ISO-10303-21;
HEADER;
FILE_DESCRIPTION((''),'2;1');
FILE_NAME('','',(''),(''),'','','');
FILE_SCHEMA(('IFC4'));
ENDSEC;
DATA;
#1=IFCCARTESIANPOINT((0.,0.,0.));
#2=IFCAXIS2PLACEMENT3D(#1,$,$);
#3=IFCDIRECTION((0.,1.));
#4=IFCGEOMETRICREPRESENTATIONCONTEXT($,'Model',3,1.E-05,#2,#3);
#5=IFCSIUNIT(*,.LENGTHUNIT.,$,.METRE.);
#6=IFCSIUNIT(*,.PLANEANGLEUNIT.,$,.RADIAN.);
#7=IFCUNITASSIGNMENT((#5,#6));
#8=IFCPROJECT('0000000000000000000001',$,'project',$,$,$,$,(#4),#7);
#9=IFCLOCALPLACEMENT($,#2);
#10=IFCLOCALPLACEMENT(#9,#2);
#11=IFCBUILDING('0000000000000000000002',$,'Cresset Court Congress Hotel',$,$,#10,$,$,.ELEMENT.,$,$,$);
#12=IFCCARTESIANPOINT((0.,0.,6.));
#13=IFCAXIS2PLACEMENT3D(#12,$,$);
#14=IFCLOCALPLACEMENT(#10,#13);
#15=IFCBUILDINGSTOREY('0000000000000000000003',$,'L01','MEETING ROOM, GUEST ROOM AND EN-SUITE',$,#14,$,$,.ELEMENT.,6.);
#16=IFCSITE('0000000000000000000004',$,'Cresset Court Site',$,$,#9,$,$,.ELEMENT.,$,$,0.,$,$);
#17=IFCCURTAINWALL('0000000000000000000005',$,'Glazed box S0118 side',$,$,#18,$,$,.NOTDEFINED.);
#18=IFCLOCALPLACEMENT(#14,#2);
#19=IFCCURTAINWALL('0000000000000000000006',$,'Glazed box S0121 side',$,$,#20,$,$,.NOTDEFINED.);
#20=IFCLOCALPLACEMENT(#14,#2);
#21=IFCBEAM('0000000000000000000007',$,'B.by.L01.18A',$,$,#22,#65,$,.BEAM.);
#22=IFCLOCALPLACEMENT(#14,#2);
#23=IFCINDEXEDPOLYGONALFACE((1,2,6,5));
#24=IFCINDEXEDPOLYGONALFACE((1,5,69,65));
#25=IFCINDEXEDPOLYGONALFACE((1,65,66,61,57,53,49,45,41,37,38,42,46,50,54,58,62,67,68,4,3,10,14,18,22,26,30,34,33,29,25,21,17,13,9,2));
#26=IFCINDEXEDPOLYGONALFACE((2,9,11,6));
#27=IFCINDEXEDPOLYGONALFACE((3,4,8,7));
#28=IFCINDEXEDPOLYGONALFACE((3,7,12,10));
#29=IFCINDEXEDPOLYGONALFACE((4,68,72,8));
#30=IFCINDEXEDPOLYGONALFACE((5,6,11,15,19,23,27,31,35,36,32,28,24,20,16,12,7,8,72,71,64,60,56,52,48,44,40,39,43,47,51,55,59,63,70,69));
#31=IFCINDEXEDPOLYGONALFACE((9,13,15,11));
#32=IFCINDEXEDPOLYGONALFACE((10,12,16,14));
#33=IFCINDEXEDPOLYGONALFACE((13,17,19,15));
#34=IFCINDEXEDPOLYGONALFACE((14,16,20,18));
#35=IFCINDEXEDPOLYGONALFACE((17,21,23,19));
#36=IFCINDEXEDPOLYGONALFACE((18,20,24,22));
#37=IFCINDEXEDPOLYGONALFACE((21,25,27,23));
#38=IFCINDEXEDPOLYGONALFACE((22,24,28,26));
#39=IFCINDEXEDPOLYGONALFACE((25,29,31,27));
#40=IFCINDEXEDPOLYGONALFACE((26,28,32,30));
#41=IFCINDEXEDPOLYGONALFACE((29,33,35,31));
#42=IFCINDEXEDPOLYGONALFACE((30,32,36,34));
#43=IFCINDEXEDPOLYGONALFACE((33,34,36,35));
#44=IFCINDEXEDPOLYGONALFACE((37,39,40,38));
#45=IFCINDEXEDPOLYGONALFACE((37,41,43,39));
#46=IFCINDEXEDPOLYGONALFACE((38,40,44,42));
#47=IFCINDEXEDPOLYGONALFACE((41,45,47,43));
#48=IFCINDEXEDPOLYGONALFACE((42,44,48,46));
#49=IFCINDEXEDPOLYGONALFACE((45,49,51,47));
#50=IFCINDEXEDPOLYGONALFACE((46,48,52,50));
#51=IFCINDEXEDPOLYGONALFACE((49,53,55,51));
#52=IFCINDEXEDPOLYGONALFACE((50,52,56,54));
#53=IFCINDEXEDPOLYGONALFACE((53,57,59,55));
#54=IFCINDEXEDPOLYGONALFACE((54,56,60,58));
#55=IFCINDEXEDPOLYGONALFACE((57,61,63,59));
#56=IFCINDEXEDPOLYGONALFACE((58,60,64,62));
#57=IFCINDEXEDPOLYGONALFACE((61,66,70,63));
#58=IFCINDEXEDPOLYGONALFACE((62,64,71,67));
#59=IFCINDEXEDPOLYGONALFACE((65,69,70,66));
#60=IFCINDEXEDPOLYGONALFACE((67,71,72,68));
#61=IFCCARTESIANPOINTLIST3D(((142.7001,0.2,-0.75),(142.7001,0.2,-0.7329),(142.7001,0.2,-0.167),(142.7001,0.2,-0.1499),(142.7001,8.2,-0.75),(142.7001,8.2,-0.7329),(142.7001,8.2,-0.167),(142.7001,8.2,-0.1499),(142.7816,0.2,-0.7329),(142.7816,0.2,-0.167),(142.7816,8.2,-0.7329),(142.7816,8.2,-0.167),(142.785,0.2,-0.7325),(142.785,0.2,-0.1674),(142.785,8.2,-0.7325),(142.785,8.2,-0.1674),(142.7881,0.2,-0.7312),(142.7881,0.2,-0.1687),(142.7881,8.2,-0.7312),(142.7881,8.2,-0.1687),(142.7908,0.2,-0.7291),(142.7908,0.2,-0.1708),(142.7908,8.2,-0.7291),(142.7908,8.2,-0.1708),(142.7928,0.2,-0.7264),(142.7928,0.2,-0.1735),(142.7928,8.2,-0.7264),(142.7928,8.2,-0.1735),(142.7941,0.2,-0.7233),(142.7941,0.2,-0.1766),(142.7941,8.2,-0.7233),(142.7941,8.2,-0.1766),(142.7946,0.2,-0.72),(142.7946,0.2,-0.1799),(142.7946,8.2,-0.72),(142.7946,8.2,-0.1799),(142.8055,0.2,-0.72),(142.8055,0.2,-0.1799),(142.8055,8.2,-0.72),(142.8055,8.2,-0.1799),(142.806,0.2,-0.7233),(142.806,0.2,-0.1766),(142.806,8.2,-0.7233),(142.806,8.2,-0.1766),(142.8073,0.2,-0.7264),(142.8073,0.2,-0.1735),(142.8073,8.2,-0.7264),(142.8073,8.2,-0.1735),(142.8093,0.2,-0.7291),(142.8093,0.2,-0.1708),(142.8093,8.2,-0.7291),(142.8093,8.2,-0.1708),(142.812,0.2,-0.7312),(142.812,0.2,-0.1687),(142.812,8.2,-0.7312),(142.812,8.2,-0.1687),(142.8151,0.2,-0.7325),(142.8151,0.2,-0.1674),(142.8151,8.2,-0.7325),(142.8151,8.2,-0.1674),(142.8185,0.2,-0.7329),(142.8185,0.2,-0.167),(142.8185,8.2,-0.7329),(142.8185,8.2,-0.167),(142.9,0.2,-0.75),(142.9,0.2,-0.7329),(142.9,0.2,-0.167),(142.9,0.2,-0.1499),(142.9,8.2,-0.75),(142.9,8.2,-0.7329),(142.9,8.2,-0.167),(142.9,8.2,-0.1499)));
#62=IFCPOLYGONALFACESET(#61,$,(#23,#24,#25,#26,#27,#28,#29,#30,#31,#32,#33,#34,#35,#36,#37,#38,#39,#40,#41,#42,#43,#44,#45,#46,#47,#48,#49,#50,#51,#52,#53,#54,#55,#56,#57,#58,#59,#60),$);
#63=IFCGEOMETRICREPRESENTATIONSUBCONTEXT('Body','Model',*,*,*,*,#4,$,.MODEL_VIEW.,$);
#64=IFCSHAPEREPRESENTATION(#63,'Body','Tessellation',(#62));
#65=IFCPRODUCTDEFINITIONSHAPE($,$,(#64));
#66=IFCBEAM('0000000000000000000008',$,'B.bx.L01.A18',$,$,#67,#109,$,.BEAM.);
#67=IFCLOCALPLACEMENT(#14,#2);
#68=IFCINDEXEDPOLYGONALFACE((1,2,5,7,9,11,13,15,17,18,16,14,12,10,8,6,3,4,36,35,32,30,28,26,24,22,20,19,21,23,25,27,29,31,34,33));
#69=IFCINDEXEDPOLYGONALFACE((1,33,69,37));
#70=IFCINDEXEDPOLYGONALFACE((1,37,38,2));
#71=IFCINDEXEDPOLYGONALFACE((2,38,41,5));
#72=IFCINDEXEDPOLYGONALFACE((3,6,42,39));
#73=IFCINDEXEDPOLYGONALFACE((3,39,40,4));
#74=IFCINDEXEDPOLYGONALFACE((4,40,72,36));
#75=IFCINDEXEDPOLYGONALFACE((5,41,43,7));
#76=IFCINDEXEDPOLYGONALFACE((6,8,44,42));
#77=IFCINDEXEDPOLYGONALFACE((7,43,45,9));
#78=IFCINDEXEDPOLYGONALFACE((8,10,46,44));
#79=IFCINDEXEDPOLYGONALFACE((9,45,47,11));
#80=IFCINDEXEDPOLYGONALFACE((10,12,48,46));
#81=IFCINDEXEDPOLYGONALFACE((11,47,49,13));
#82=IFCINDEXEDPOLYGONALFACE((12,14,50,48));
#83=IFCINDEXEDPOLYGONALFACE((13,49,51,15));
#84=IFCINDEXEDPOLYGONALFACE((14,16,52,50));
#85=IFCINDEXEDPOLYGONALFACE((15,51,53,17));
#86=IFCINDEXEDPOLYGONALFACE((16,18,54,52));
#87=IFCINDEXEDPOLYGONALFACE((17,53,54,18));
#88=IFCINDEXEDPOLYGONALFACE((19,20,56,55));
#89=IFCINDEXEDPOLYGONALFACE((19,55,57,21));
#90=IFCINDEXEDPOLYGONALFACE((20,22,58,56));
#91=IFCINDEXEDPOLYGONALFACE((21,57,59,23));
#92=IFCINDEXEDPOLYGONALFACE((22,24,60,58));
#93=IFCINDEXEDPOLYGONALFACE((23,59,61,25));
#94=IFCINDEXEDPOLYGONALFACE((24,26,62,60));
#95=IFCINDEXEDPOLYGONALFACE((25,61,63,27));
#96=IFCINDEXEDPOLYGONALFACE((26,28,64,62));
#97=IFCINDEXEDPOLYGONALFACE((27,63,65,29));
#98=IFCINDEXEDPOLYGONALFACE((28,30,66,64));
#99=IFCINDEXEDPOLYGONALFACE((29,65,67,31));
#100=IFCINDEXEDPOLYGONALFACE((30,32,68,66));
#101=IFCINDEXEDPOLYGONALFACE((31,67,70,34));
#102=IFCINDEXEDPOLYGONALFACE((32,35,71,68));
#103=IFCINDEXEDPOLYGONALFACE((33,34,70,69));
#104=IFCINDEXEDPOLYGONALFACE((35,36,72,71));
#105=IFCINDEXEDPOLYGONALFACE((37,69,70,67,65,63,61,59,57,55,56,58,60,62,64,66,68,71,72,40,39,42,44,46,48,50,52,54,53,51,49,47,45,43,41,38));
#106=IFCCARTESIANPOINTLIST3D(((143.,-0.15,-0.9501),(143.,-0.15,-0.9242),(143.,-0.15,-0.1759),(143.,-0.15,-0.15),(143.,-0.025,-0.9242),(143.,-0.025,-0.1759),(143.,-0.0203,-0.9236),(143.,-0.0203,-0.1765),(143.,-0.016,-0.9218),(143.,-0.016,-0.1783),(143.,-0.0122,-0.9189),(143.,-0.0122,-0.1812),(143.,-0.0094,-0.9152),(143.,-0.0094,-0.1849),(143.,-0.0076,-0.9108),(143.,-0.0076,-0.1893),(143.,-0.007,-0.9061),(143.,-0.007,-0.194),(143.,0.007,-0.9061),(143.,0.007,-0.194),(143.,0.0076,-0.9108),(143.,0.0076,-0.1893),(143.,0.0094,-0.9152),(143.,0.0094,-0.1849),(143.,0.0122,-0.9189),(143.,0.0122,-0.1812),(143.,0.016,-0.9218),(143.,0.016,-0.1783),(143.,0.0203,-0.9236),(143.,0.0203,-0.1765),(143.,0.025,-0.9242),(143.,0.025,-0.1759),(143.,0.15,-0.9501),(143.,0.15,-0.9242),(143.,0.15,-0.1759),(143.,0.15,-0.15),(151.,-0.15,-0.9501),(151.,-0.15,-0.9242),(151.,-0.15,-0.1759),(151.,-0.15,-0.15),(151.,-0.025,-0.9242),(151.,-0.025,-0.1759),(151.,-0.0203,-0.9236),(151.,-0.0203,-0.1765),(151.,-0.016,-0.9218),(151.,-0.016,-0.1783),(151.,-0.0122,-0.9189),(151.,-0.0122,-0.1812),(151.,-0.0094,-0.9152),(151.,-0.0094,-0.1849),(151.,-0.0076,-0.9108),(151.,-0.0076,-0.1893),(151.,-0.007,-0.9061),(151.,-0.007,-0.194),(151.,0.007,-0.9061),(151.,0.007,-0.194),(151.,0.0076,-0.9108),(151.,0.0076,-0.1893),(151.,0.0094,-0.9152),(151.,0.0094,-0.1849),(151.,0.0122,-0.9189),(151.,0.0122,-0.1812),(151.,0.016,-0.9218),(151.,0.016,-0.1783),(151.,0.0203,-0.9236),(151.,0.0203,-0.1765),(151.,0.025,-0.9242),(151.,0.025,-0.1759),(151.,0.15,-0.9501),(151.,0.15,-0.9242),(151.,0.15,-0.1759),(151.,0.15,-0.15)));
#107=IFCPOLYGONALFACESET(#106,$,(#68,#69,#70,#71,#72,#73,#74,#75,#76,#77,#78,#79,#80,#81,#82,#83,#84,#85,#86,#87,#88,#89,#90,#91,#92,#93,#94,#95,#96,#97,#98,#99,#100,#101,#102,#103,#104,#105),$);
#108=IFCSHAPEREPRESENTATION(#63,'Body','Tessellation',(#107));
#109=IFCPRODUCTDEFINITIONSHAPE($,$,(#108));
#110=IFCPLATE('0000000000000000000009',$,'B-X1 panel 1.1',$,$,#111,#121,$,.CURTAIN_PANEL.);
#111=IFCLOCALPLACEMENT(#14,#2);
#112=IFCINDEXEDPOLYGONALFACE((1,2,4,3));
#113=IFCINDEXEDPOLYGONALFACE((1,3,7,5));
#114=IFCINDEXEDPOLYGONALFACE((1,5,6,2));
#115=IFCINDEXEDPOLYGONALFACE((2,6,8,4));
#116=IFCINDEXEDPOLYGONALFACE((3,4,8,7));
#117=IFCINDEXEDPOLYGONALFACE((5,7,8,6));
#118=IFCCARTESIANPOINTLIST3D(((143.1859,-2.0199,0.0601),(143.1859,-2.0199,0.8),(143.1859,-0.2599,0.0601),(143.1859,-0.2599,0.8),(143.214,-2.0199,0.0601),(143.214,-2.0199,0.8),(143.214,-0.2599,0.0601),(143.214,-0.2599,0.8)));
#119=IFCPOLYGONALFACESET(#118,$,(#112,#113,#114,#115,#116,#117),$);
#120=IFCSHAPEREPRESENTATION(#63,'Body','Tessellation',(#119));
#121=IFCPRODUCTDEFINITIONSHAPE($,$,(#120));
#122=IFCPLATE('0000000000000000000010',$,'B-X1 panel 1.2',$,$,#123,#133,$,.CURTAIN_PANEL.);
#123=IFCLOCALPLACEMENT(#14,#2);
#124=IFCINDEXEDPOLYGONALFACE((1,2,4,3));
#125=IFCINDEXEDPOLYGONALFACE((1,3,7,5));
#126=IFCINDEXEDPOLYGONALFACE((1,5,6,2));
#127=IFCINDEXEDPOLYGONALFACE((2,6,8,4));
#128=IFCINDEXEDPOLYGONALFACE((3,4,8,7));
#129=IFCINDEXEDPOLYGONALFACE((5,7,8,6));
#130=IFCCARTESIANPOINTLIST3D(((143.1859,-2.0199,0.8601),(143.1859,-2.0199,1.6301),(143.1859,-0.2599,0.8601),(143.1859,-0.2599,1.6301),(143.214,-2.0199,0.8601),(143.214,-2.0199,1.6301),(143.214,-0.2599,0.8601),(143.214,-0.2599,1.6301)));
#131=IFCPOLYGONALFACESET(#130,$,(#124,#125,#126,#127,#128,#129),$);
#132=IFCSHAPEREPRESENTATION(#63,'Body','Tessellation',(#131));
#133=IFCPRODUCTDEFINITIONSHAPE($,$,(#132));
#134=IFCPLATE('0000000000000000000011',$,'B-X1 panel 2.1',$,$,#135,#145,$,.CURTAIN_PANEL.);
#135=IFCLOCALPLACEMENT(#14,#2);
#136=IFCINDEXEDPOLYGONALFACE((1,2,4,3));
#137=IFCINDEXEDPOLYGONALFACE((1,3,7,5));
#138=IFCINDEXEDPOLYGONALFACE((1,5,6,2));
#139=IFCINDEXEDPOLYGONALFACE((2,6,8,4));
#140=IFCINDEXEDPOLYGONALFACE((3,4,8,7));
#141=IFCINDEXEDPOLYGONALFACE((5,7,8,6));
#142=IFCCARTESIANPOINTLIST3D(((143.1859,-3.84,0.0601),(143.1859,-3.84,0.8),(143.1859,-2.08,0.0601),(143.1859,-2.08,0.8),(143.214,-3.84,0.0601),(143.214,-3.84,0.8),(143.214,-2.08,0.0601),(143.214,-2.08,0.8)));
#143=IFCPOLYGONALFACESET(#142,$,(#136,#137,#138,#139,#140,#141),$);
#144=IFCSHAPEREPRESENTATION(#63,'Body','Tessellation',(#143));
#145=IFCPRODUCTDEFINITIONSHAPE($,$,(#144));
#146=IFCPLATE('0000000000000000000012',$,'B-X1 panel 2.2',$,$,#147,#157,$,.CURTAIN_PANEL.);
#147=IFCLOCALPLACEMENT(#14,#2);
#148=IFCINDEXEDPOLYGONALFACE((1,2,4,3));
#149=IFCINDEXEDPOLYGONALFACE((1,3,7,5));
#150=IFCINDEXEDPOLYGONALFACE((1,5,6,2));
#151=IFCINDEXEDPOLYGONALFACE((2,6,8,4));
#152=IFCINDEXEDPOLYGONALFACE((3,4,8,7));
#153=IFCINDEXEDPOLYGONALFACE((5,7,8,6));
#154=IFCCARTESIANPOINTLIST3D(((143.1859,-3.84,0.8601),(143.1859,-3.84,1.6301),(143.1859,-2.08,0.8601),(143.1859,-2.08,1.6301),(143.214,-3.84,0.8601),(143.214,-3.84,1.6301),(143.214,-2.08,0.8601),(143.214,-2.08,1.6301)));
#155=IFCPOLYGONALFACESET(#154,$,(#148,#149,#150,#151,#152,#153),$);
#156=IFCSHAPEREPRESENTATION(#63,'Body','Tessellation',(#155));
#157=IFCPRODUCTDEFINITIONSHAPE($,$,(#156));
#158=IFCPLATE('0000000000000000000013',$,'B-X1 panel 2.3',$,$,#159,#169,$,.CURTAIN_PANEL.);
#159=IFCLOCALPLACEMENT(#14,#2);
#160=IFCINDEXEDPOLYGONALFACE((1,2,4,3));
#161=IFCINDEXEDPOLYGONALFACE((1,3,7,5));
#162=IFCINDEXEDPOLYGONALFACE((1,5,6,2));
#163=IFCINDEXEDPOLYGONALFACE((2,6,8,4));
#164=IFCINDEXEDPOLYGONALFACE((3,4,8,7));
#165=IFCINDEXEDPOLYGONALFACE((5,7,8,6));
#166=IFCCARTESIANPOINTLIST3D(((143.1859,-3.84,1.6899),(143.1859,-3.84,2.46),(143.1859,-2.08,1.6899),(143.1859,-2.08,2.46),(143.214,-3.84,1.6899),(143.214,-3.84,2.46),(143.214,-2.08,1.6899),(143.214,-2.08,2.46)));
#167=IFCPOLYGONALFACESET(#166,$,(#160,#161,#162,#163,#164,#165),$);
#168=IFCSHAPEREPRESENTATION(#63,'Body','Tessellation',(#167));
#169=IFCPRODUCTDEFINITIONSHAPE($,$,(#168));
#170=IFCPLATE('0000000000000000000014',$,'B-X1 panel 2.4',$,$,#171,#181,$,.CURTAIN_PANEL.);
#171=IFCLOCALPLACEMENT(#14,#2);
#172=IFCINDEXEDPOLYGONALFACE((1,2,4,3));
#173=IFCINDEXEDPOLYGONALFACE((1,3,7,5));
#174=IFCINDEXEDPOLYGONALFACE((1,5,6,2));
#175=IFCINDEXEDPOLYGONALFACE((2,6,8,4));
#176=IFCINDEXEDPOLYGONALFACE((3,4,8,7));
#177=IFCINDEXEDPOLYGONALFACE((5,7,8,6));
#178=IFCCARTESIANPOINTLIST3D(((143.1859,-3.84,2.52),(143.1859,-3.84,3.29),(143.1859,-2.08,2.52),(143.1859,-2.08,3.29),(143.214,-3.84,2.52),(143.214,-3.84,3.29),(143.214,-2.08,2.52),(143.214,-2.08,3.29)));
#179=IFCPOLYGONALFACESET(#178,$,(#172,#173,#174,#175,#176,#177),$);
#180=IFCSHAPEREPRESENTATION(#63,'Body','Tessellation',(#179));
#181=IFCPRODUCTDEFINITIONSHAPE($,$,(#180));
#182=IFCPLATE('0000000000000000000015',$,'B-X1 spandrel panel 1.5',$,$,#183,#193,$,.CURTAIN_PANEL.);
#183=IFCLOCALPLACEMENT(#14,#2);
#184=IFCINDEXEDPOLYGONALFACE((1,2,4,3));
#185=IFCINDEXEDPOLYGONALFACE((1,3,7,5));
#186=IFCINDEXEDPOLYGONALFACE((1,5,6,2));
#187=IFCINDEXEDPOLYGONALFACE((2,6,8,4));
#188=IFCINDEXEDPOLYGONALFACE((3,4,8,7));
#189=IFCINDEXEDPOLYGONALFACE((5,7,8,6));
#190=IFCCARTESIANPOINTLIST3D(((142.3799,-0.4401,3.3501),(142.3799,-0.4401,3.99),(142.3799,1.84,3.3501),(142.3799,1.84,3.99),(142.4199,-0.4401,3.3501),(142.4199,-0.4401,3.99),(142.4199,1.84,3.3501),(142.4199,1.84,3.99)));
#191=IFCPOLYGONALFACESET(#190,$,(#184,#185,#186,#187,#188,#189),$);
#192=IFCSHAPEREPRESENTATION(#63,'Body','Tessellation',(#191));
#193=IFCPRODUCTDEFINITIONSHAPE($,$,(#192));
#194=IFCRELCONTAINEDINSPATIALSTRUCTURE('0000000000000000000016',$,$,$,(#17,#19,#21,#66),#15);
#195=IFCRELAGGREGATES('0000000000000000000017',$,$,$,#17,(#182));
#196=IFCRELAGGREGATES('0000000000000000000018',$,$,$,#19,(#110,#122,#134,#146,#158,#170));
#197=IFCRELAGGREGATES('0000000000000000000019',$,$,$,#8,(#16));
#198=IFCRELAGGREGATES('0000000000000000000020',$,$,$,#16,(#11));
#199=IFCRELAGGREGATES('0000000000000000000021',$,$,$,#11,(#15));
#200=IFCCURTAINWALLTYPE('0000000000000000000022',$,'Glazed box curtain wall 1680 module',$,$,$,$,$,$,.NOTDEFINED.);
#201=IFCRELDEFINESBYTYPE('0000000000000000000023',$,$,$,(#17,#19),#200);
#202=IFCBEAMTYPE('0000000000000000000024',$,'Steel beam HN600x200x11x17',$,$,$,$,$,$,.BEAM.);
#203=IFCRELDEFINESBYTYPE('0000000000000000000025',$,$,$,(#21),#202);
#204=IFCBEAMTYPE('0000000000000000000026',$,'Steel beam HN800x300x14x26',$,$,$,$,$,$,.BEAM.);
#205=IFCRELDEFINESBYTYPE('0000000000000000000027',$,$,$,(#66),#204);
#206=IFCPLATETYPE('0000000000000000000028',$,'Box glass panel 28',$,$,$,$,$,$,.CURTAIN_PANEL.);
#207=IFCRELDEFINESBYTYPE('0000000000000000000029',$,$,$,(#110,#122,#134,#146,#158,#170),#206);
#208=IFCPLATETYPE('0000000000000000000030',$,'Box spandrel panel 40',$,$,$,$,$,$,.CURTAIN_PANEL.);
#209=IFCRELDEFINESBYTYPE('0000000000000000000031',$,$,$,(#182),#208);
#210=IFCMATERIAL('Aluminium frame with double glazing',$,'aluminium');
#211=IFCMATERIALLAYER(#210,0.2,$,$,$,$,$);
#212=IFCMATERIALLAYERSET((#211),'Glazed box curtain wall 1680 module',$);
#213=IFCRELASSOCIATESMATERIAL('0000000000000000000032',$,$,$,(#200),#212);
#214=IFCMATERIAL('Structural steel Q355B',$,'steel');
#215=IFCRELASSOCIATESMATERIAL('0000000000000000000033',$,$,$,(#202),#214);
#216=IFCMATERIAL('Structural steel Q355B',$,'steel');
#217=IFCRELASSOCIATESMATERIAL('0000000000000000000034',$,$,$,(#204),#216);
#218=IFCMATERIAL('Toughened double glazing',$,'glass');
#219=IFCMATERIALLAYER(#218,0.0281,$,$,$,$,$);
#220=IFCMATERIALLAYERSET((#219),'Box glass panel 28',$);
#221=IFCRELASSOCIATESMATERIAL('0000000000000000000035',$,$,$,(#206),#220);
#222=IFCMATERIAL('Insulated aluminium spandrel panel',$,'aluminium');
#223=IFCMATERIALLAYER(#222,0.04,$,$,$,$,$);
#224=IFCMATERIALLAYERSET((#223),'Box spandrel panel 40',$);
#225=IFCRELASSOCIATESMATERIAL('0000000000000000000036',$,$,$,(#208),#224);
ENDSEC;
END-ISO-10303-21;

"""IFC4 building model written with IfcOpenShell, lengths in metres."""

from ifc_helpers import new_model, si_unit, direction, frame, origin, origin_2d, place, context, subcontext, project, spatial, rectangle, i_section, extrude, material, layer, layer_set, material_profile, profile_set, type_object, element, aggregate, save


model = new_model("IFC4")

# Units and contexts
model_context = context("Model", 3, precision=1e-05, world=origin(), true_north=direction((0.0, 1.0)))
body_context = subcontext(model_context, "Body", "Model", "MODEL_VIEW")
ifc_project = project(units=[si_unit("LENGTHUNIT", "METRE"), si_unit("PLANEANGLEUNIT", "RADIAN")], contexts=[model_context])

# Site, building, storey
site_placement = place(None, origin())
site = spatial("IfcSite", under=ifc_project, at=site_placement, Name="Cresset Court Site", CompositionType="ELEMENT", RefElevation=0.0)
building_placement = place(site_placement, origin())
building = spatial("IfcBuilding", under=site, at=building_placement, Name="Cresset Court Congress Hotel", CompositionType="ELEMENT")
storey_placement = place(building_placement, frame((0.0, 0.0, 6.0)))
storey = spatial("IfcBuildingStorey", under=building, at=storey_placement, Name="L01", Description="MEETING ROOM, GUEST ROOM AND EN-SUITE", CompositionType="ELEMENT", Elevation=6.0)

# Curtain wall
ifc_material_1 = material(Name="Aluminium frame with double glazing", Category="aluminium")
ifc_layer_1 = layer(ifc_material_1, 0.2)
ifc_layer_set_1 = layer_set([ifc_layer_1], Name="Glazed box curtain wall 1680 module")
curtain_wall_type = type_object("IfcCurtainWallType", Name="Glazed box curtain wall 1680 module", PredefinedType="NOTDEFINED", material=ifc_layer_set_1)
curtain_wall_1_placement = place(storey_placement, origin())
curtain_wall_1 = element("IfcCurtainWall", 1, at=curtain_wall_1_placement, inside=storey, type_object=curtain_wall_type, Name="Glazed box S0118 side", PredefinedType="NOTDEFINED")

# Curtain wall
curtain_wall_2_placement = place(storey_placement, origin())
curtain_wall_2 = element("IfcCurtainWall", 2, at=curtain_wall_2_placement, inside=storey, type_object=curtain_wall_type, Name="Glazed box S0121 side", PredefinedType="NOTDEFINED")

# Beams
ifc_material_2 = material(Name="Structural steel Q355B", Category="steel")
ifc_material_profile_1 = material_profile(ifc_material_2, i_section(OverallWidth=0.2, OverallDepth=0.6001, WebThickness=0.011, FlangeThickness=0.0171, FilletRadius=0.0129, at=origin_2d()), Name="HN600x200x11x17")
ifc_profile_set_1 = profile_set([ifc_material_profile_1], Name="Structural steel Q355B")
beam_type_1 = type_object("IfcBeamType", Name="Steel beam HN600x200x11x17", PredefinedType="BEAM", material=ifc_profile_set_1)
beam_1_placement = place(storey_placement, frame((142.8, 0.2, -0.45), z_axis=(0.0, 1.0, 0.0), x_axis=(-1.0, 0.0, 0.0)))
element("IfcBeam", 3, at=beam_1_placement, inside=storey, type_object=beam_type_1, Name="B.by.L01.18A", PredefinedType="BEAM", context=body_context, shape_type="SweptSolid", body=[
    extrude(i_section(OverallWidth=0.2, OverallDepth=0.6001, WebThickness=0.011, FlangeThickness=0.0171, FilletRadius=0.0129, at=origin_2d()), origin(), (0.0, 0.0, 1.0), 8.0),
])
ifc_material_3 = material(Name="Structural steel Q355B", Category="steel")
ifc_material_profile_2 = material_profile(ifc_material_3, i_section(OverallWidth=0.3, OverallDepth=0.8, WebThickness=0.0139, FlangeThickness=0.0259, FilletRadius=0.0181, at=origin_2d()), Name="HN800x300x14x26")
ifc_profile_set_2 = profile_set([ifc_material_profile_2], Name="Structural steel Q355B")
beam_type_2 = type_object("IfcBeamType", Name="Steel beam HN800x300x14x26", PredefinedType="BEAM", material=ifc_profile_set_2)
beam_2_placement = place(storey_placement, frame((143.0, 0.0, -0.55), z_axis=(1.0, 0.0, 0.0), x_axis=(0.0, 1.0, 0.0)))
element("IfcBeam", 4, at=beam_2_placement, inside=storey, type_object=beam_type_2, Name="B.bx.L01.A18", PredefinedType="BEAM", context=body_context, shape_type="SweptSolid", body=[
    extrude(i_section(OverallWidth=0.3, OverallDepth=0.8, WebThickness=0.0139, FlangeThickness=0.0259, FilletRadius=0.0181, at=origin_2d()), origin(), (0.0, 0.0, 1.0), 8.0),
])

# Plates
ifc_material_4 = material(Name="Toughened double glazing", Category="glass")
ifc_layer_2 = layer(ifc_material_4, 0.0281)
ifc_layer_set_2 = layer_set([ifc_layer_2], Name="Box glass panel 28")
plate_type_1 = type_object("IfcPlateType", Name="Box glass panel 28", PredefinedType="CURTAIN_PANEL", material=ifc_layer_set_2)
plate_1_placement = place(storey_placement, frame((143.2, -1.1399, 0.0601), z_axis=(0.0, 0.0, 1.0), x_axis=(0.0, -1.0, 0.0)))
plate_1 = element("IfcPlate", 5, at=plate_1_placement, type_object=plate_type_1, Name="B-X1 panel 1.1", PredefinedType="CURTAIN_PANEL", context=body_context, shape_type="SweptSolid", body=[
    extrude(rectangle(XDim=1.76, YDim=0.0281, at=origin_2d()), origin(), (0.0, 0.0, 1.0), 0.74),
])
plate_2_placement = place(storey_placement, frame((143.2, -1.1399, 0.8601), z_axis=(0.0, 0.0, 1.0), x_axis=(0.0, -1.0, 0.0)))
plate_2 = element("IfcPlate", 6, at=plate_2_placement, type_object=plate_type_1, Name="B-X1 panel 1.2", PredefinedType="CURTAIN_PANEL", context=body_context, shape_type="SweptSolid", body=[
    extrude(rectangle(XDim=1.76, YDim=0.0281, at=origin_2d()), origin(), (0.0, 0.0, 1.0), 0.77),
])
plate_3_placement = place(storey_placement, frame((143.2, -2.96, 0.0601), z_axis=(0.0, 0.0, 1.0), x_axis=(0.0, -1.0, 0.0)))
plate_3 = element("IfcPlate", 7, at=plate_3_placement, type_object=plate_type_1, Name="B-X1 panel 2.1", PredefinedType="CURTAIN_PANEL", context=body_context, shape_type="SweptSolid", body=[
    extrude(rectangle(XDim=1.76, YDim=0.0281, at=origin_2d()), origin(), (0.0, 0.0, 1.0), 0.74),
])
plate_4_placement = place(storey_placement, frame((143.2, -2.96, 0.8601), z_axis=(0.0, 0.0, 1.0), x_axis=(0.0, -1.0, 0.0)))
plate_4 = element("IfcPlate", 8, at=plate_4_placement, type_object=plate_type_1, Name="B-X1 panel 2.2", PredefinedType="CURTAIN_PANEL", context=body_context, shape_type="SweptSolid", body=[
    extrude(rectangle(XDim=1.76, YDim=0.0281, at=origin_2d()), origin(), (0.0, 0.0, 1.0), 0.77),
])
plate_5_placement = place(storey_placement, frame((143.2, -2.96, 1.6899), z_axis=(0.0, 0.0, 1.0), x_axis=(0.0, -1.0, 0.0)))
plate_5 = element("IfcPlate", 9, at=plate_5_placement, type_object=plate_type_1, Name="B-X1 panel 2.3", PredefinedType="CURTAIN_PANEL", context=body_context, shape_type="SweptSolid", body=[
    extrude(rectangle(XDim=1.76, YDim=0.0281, at=origin_2d()), origin(), (0.0, 0.0, 1.0), 0.77),
])
plate_6_placement = place(storey_placement, frame((143.2, -2.96, 2.52), z_axis=(0.0, 0.0, 1.0), x_axis=(0.0, -1.0, 0.0)))
plate_6 = element("IfcPlate", 10, at=plate_6_placement, type_object=plate_type_1, Name="B-X1 panel 2.4", PredefinedType="CURTAIN_PANEL", context=body_context, shape_type="SweptSolid", body=[
    extrude(rectangle(XDim=1.76, YDim=0.0281, at=origin_2d()), origin(), (0.0, 0.0, 1.0), 0.77),
])
ifc_material_5 = material(Name="Insulated aluminium spandrel panel", Category="aluminium")
ifc_layer_3 = layer(ifc_material_5, 0.04)
ifc_layer_set_3 = layer_set([ifc_layer_3], Name="Box spandrel panel 40")
plate_type_2 = type_object("IfcPlateType", Name="Box spandrel panel 40", PredefinedType="CURTAIN_PANEL", material=ifc_layer_set_3)
plate_7_placement = place(storey_placement, frame((142.3999, 0.7, 3.3501), z_axis=(0.0, 0.0, 1.0), x_axis=(0.0, 1.0, 0.0)))
plate_7 = element("IfcPlate", 11, at=plate_7_placement, type_object=plate_type_2, Name="B-X1 spandrel panel 1.5", PredefinedType="CURTAIN_PANEL", context=body_context, shape_type="SweptSolid", body=[
    extrude(rectangle(XDim=2.28, YDim=0.04, at=origin_2d()), origin(), (0.0, 0.0, 1.0), 0.6399),
])
aggregate(curtain_wall_1, [plate_7])
aggregate(curtain_wall_2, [plate_1, plate_2, plate_3, plate_4, plate_5, plate_6])

save(model, "model.ifc")
